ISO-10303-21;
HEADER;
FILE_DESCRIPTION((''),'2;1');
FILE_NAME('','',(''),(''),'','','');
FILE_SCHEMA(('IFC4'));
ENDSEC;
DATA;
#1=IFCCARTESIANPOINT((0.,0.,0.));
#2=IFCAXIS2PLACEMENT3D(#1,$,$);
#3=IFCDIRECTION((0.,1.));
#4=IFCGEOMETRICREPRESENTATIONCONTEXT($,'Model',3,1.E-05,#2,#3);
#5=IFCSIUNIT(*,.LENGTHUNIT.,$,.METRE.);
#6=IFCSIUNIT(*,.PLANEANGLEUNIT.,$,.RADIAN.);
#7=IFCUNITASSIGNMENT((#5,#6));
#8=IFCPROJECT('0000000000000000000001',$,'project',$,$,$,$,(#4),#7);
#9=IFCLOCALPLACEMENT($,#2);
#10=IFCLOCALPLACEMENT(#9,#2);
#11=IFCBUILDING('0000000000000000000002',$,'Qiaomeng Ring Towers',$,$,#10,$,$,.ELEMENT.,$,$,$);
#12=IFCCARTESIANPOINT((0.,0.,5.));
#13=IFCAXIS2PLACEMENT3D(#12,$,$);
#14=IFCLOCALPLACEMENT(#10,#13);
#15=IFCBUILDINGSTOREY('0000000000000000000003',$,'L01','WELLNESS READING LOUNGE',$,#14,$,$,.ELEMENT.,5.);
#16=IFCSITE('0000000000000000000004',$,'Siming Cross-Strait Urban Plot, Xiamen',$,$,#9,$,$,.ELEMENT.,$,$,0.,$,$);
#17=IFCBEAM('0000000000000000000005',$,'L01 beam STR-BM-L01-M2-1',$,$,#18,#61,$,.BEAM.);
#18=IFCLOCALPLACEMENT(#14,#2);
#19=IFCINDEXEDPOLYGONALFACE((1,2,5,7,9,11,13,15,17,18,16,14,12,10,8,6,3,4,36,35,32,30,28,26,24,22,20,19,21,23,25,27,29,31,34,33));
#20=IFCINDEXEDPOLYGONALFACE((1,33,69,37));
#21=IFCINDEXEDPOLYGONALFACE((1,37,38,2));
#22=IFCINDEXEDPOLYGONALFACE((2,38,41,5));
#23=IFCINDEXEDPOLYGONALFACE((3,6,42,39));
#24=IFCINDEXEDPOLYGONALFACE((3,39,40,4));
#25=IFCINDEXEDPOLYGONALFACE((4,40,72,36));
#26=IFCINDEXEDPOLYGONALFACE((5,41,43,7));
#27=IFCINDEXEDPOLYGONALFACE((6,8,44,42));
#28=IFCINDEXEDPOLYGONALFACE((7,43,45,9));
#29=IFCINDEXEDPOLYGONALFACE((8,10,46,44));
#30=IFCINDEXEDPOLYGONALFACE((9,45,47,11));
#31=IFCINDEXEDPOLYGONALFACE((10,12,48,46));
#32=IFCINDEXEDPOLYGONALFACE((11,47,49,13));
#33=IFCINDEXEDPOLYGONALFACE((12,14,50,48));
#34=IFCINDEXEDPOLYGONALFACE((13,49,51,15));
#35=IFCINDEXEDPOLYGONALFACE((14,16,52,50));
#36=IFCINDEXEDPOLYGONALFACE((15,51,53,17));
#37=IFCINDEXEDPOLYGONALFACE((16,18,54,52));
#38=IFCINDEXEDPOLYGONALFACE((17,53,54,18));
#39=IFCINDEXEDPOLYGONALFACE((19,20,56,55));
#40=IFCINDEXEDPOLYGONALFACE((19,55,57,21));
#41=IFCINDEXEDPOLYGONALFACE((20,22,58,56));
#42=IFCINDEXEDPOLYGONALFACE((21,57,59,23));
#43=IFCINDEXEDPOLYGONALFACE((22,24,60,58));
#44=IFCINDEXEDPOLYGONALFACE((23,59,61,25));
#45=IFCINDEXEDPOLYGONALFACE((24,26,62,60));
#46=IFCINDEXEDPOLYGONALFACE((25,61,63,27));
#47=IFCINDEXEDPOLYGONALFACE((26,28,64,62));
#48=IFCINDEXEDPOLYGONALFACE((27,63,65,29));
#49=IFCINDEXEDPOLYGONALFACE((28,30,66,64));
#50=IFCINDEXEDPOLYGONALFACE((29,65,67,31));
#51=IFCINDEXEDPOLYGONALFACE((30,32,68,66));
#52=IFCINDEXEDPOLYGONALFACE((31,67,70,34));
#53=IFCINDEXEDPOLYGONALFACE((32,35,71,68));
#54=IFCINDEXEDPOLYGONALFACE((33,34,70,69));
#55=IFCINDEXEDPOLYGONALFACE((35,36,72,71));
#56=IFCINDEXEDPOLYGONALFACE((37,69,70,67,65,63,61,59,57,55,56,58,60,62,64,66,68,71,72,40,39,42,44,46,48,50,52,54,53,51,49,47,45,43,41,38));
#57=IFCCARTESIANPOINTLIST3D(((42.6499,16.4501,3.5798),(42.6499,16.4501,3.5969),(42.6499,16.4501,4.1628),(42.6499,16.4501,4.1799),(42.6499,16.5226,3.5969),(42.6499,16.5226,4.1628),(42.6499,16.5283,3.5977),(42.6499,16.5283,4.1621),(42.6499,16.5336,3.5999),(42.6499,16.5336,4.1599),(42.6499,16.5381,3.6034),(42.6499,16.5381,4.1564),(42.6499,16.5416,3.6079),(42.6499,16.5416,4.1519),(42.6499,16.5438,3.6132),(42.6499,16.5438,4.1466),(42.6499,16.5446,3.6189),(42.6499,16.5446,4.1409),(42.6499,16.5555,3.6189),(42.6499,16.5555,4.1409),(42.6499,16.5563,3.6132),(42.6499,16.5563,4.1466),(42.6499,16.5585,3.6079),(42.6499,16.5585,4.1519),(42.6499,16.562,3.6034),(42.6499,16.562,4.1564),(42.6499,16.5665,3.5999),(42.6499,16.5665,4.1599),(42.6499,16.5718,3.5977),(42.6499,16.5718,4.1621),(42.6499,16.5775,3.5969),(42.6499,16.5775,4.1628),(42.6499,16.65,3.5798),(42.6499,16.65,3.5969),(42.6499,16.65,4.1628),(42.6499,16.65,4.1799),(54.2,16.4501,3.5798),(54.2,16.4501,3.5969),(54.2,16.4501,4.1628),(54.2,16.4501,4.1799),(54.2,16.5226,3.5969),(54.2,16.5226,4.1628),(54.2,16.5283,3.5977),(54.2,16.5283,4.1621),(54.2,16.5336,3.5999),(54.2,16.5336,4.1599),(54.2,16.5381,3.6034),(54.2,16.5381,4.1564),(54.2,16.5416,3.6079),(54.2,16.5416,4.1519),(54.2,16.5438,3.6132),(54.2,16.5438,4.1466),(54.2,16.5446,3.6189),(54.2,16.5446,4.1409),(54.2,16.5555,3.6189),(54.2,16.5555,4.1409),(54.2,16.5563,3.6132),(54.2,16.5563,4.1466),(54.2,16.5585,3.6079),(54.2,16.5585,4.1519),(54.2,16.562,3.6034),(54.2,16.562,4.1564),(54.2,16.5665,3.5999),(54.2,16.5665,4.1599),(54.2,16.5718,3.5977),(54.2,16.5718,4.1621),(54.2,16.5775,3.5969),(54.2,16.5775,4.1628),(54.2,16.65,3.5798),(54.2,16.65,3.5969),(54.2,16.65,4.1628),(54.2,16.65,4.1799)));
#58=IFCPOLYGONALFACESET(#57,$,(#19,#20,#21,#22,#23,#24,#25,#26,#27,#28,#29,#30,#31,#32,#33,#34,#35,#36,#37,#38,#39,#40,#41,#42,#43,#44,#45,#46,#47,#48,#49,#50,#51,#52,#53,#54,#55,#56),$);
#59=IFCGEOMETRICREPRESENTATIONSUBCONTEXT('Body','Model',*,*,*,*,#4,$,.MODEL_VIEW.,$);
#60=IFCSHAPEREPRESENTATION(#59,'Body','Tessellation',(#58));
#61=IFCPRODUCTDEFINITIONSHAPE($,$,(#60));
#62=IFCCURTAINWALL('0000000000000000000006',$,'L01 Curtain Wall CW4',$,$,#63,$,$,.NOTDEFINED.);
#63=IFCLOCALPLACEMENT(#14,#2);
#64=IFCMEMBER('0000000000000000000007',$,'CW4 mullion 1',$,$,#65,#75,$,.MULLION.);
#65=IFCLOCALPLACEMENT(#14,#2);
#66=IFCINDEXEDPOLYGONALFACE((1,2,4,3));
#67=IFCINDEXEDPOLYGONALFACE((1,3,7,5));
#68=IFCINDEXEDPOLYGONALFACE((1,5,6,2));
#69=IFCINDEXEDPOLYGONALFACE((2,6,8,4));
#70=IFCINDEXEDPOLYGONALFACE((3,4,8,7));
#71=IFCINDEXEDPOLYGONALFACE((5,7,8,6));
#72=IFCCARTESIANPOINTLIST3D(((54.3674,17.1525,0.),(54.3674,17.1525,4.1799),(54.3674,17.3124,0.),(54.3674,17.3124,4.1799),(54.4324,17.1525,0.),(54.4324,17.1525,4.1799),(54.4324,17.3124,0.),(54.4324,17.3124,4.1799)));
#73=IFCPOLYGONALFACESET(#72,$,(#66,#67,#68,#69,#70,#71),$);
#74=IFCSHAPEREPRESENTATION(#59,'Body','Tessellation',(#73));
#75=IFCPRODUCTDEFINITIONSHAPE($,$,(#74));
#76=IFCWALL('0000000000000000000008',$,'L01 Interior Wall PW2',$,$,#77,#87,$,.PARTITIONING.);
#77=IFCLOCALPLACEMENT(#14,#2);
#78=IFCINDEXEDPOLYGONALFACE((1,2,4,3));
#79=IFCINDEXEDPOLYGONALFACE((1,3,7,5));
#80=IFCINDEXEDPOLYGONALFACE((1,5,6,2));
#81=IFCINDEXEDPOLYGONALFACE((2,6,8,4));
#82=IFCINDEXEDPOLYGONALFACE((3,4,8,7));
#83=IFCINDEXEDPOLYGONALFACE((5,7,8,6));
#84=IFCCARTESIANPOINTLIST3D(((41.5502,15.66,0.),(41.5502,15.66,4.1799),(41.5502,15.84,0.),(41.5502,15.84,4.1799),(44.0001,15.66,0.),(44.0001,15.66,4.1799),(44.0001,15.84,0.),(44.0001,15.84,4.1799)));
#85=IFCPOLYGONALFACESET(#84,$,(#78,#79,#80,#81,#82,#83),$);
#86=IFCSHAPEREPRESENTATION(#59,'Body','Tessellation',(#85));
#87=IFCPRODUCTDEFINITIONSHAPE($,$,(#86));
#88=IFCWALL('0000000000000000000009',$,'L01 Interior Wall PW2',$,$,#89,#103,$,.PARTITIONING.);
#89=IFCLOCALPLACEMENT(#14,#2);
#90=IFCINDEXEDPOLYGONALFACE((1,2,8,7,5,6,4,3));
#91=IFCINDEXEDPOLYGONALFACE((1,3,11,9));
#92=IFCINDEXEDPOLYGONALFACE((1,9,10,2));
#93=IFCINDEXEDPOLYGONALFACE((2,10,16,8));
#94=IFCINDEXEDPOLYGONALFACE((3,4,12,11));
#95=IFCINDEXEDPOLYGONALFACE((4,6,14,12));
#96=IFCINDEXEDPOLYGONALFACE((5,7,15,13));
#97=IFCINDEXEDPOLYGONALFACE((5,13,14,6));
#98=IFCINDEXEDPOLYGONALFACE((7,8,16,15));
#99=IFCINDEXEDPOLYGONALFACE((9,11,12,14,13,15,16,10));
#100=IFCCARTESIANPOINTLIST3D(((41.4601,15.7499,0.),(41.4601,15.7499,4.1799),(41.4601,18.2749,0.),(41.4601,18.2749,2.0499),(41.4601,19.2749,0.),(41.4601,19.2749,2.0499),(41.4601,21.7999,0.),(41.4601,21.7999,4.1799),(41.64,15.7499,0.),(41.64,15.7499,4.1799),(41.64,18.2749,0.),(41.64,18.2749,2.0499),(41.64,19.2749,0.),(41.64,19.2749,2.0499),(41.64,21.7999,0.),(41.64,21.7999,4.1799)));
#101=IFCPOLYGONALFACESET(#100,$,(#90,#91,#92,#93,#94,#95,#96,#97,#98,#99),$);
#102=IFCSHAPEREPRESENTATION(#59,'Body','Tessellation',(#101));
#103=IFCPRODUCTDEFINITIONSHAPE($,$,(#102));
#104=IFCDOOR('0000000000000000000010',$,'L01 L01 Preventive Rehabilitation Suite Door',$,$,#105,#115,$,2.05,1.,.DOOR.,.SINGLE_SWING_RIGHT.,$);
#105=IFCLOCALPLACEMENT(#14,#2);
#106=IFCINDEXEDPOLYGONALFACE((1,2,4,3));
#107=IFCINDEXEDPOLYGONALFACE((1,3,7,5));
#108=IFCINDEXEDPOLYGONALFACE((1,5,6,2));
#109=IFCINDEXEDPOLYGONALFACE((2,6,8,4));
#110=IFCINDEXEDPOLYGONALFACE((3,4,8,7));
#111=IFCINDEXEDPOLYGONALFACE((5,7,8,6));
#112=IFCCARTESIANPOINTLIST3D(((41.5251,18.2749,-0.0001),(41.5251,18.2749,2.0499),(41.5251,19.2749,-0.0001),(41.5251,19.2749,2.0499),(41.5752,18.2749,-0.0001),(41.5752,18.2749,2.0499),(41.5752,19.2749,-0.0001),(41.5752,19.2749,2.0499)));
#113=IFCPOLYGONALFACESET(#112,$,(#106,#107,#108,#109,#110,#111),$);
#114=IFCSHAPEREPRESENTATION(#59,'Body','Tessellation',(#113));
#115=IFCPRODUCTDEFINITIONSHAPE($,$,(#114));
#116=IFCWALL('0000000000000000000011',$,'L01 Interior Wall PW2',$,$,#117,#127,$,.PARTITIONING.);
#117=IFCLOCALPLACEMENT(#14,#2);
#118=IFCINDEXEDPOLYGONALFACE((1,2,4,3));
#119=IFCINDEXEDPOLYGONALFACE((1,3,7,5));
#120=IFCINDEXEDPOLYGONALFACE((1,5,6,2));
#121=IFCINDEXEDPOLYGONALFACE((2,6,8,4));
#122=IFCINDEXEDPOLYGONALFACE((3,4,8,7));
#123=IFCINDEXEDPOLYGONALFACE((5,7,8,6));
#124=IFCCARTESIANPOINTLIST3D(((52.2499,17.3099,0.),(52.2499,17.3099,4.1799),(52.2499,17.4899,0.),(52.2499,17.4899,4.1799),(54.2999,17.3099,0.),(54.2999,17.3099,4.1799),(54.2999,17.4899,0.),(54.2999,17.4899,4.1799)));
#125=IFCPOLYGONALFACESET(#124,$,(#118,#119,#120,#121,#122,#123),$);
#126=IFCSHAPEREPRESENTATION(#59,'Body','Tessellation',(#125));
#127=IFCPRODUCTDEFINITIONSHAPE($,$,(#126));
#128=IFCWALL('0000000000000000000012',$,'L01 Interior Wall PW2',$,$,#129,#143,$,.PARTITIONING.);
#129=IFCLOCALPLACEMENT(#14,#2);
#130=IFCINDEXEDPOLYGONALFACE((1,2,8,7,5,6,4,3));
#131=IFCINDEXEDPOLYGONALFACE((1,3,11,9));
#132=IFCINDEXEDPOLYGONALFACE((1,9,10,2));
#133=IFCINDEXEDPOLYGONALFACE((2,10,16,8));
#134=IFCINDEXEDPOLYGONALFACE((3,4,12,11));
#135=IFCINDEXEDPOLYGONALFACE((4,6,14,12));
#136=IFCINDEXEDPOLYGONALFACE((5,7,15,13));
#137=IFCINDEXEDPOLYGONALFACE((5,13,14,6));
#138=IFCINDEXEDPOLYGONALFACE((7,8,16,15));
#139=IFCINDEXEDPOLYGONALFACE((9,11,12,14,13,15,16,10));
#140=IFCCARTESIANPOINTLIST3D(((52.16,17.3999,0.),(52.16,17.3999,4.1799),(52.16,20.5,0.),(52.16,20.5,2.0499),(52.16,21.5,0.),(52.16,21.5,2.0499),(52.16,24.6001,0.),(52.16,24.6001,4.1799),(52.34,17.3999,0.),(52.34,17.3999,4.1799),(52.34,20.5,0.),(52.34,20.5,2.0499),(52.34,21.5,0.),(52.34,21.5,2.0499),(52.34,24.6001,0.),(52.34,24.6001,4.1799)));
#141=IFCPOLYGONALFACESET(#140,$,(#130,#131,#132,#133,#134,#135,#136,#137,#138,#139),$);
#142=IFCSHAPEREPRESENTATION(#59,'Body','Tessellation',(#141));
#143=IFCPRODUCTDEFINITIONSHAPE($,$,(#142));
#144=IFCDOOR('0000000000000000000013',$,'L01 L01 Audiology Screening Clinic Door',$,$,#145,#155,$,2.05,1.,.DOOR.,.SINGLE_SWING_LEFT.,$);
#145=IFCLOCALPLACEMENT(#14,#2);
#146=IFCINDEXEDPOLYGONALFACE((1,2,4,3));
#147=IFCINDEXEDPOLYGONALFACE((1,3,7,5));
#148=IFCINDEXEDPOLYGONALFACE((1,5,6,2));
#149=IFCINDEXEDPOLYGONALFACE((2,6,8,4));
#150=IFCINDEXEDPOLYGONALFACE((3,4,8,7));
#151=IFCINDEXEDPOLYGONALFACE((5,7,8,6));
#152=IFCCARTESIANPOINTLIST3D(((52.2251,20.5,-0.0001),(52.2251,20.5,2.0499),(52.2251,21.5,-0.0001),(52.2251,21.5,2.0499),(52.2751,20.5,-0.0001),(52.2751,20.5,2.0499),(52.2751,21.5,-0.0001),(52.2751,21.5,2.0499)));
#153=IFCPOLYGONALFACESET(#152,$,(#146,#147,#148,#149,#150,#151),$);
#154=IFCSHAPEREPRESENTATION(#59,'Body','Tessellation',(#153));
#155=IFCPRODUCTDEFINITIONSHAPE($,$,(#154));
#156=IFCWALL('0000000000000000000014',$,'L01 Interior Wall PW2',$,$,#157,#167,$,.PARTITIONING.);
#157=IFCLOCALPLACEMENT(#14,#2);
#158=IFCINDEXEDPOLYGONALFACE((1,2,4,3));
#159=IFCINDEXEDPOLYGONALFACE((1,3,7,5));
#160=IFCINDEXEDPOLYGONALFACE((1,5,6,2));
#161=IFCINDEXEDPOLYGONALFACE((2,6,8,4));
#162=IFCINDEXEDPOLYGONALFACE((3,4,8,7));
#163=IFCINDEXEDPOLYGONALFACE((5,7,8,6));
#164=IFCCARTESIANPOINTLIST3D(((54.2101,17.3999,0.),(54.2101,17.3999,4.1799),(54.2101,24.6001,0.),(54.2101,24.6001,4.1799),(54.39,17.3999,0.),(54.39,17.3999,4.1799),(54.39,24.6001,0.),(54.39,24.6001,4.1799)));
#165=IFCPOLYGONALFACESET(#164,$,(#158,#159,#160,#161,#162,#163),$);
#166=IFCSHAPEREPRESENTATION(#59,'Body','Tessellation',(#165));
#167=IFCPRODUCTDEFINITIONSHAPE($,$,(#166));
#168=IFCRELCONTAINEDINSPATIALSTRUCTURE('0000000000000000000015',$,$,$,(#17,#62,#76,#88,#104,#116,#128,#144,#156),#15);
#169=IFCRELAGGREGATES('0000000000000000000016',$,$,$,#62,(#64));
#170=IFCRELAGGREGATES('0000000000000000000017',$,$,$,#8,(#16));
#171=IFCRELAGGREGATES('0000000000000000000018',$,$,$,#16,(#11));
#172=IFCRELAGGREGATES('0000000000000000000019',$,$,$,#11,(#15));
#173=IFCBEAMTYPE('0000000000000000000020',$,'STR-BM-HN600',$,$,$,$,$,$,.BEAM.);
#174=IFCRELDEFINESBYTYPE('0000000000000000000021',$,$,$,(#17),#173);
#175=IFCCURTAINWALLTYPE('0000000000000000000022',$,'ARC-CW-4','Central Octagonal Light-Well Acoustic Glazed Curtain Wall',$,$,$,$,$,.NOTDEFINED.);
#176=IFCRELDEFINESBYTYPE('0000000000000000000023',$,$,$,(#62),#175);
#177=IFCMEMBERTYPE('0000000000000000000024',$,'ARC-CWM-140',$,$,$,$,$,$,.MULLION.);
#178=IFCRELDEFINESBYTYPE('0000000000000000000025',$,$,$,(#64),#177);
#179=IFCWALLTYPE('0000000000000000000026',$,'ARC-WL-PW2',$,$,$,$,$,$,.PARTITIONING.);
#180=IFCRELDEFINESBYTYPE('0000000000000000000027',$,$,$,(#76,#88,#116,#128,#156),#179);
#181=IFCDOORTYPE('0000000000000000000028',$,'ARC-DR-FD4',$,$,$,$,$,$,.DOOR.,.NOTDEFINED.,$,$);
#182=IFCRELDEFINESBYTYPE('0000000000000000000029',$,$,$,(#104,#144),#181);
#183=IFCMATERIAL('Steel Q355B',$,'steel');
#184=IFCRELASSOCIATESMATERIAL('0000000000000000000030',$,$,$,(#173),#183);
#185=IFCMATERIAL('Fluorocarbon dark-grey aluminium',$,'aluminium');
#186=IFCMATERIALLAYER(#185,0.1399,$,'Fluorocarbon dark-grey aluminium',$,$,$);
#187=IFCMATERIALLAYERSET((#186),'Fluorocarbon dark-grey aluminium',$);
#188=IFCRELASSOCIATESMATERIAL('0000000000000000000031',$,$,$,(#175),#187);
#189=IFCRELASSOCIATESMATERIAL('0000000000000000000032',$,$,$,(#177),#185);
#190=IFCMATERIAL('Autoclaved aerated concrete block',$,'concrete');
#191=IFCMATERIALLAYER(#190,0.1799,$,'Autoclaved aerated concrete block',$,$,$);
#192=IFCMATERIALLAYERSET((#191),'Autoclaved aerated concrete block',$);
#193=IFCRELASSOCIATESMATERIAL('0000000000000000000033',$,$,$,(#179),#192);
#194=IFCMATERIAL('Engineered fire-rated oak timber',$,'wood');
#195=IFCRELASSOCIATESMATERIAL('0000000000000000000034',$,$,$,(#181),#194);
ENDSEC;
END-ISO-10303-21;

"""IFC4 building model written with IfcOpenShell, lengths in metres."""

from ifc_helpers import new_model, si_unit, direction, frame, frame_2d, origin, origin_2d, place, context, subcontext, project, spatial, rectangle, i_section, extrude, source, transform, mapped, material, layer, layer_set, material_profile, profile_set, type_object, element, fill, aggregate, save


model = new_model("IFC4")

# Units and contexts
model_context = context("Model", 3, precision=1e-05, world=origin(), true_north=direction((0.0, 1.0)))
body_context = subcontext(model_context, "Body", "Model", "MODEL_VIEW")
ifc_project = project(units=[si_unit("LENGTHUNIT", "METRE"), si_unit("PLANEANGLEUNIT", "RADIAN")], contexts=[model_context])

# Site, building, storey
site_placement = place(None, origin())
site = spatial("IfcSite", under=ifc_project, at=site_placement, Name="Siming Cross-Strait Urban Plot, Xiamen", CompositionType="ELEMENT", RefElevation=0.0)
building_placement = place(site_placement, origin())
building = spatial("IfcBuilding", under=site, at=building_placement, Name="Qiaomeng Ring Towers", CompositionType="ELEMENT")
storey_placement = place(building_placement, frame((0.0, 0.0, 5.0)))
storey = spatial("IfcBuildingStorey", under=building, at=storey_placement, Name="L01", Description="WELLNESS READING LOUNGE", CompositionType="ELEMENT", Elevation=5.0)

# Beam
ifc_material_1 = material(Name="Steel Q355B", Category="steel")
ifc_material_profile_1 = material_profile(ifc_material_1, i_section(OverallWidth=0.2, OverallDepth=0.6001, WebThickness=0.011, FlangeThickness=0.0171, FilletRadius=0.022, at=origin_2d()), Name="HN 600x200x11x17")
ifc_profile_set_1 = profile_set([ifc_material_profile_1], Name="Steel Q355B")
beam_type_1 = type_object("IfcBeamType", Name="STR-BM-HN600", PredefinedType="BEAM", material=ifc_profile_set_1)
shared_shape_1 = source(origin(), body_context, "Body", "SweptSolid", [
    extrude(i_section(OverallWidth=0.2, OverallDepth=0.6001, WebThickness=0.011, FlangeThickness=0.0171, FilletRadius=0.022, at=origin_2d()), origin(), (0.0, 0.0, 1.0), 11.55),
])
beam_1_placement = place(storey_placement, frame((42.6499, 16.55, 3.8799), z_axis=(1.0, 0.0, 0.0), x_axis=(0.0, 1.0, 0.0)))
element("IfcBeam", 1, at=beam_1_placement, inside=storey, type_object=beam_type_1, Name="L01 beam STR-BM-L01-M2-1", PredefinedType="BEAM", context=body_context, shape_type="MappedRepresentation", body=[
    mapped(shared_shape_1, transform((0.0, 0.0, 0.0), x_axis=(1.0, 0.0, 0.0), y_axis=(0.0, 1.0, 0.0), z_axis=(0.0, 0.0, 1.0), scale=1.0)),
])

# Curtain wall, member
ifc_material_2 = material(Name="Fluorocarbon dark-grey aluminium", Category="aluminium")
ifc_layer_1 = layer(ifc_material_2, 0.1399, Name="Fluorocarbon dark-grey aluminium")
ifc_layer_set_1 = layer_set([ifc_layer_1], Name="Fluorocarbon dark-grey aluminium")
curtain_wall_type = type_object("IfcCurtainWallType", Name="ARC-CW-4", Description="Central Octagonal Light-Well Acoustic Glazed Curtain Wall", PredefinedType="NOTDEFINED", material=ifc_layer_set_1)
curtain_wall_placement = place(storey_placement, origin())
curtain_wall = element("IfcCurtainWall", 2, at=curtain_wall_placement, inside=storey, type_object=curtain_wall_type, Name="L01 Curtain Wall CW4", PredefinedType="NOTDEFINED")
ifc_material_profile_2 = material_profile(ifc_material_2, rectangle(XDim=0.0649, YDim=0.1599, at=origin_2d()), Name="ALU MULL 65x160")
ifc_profile_set_2 = profile_set([ifc_material_profile_2], Name="Fluorocarbon dark-grey aluminium")
member_type = type_object("IfcMemberType", Name="ARC-CWM-140", PredefinedType="MULLION", material=ifc_profile_set_2)
shared_shape_2 = source(origin(), body_context, "Body", "SweptSolid", [
    extrude(rectangle(XDim=0.0649, YDim=0.1599, at=origin_2d()), origin(), (0.0, 0.0, 1.0), 4.1799),
])
member_placement = place(storey_placement, frame((54.3999, 17.2324, 0.0), z_axis=(0.0, 0.0, 1.0), x_axis=(-1.0, 0.0, 0.0)))
member = element("IfcMember", 3, at=member_placement, type_object=member_type, Name="CW4 mullion 1", PredefinedType="MULLION", context=body_context, shape_type="MappedRepresentation", body=[
    mapped(shared_shape_2, transform((0.0, 0.0, 0.0), x_axis=(1.0, 0.0, 0.0), y_axis=(0.0, 1.0, 0.0), z_axis=(0.0, 0.0, 1.0), scale=1.0)),
])
aggregate(curtain_wall, [member])

# Wall
ifc_material_3 = material(Name="Autoclaved aerated concrete block", Category="concrete")
ifc_layer_2 = layer(ifc_material_3, 0.1799, Name="Autoclaved aerated concrete block")
ifc_layer_set_2 = layer_set([ifc_layer_2], Name="Autoclaved aerated concrete block")
wall_type_1 = type_object("IfcWallType", Name="ARC-WL-PW2", PredefinedType="PARTITIONING", material=ifc_layer_set_2)
wall_1_placement = place(storey_placement, frame((41.55, 15.75, 0.0), z_axis=(0.0, 0.0, 1.0), x_axis=(1.0, 0.0, 0.0)))
element("IfcWall", 4, at=wall_1_placement, inside=storey, type_object=wall_type_1, Name="L01 Interior Wall PW2", PredefinedType="PARTITIONING", context=body_context, shape_type="SweptSolid", body=[
    extrude(rectangle(XDim=2.45, YDim=0.1799, at=frame_2d((1.2251, 0.0))), origin(), (0.0, 0.0, 1.0), 4.1799),
])

# Wall, opening, door
wall_2_placement = place(storey_placement, frame((41.55, 15.75, 0.0), z_axis=(0.0, 0.0, 1.0), x_axis=(0.0, 1.0, 0.0)))
wall_2 = element("IfcWall", 5, at=wall_2_placement, inside=storey, type_object=wall_type_1, Name="L01 Interior Wall PW2", PredefinedType="PARTITIONING", context=body_context, shape_type="SweptSolid", body=[
    extrude(rectangle(XDim=6.05, YDim=0.1799, at=frame_2d((3.0249, 0.0))), origin(), (0.0, 0.0, 1.0), 4.1799),
])
opening_1_placement = place(wall_2_placement, frame((2.5249, 0.0, 0.0)))
opening_1 = element("IfcOpeningElement", 6, at=opening_1_placement, cuts=wall_2, PredefinedType="OPENING", context=body_context, shape_type="SweptSolid", body=[
    extrude(rectangle(XDim=1.0, YDim=2.05, at=frame_2d((0.5, 1.0249))), frame((0.0, 0.0999, 0.0), z_axis=(0.0, -1.0, 0.0), x_axis=(1.0, 0.0, 0.0)), (0.0, 0.0, 1.0), 0.2),
])
ifc_material_4 = material(Name="Engineered fire-rated oak timber", Category="wood")
door_type = type_object("IfcDoorType", Name="ARC-DR-FD4", OperationType="NOTDEFINED", PredefinedType="DOOR", material=ifc_material_4)
shared_shape_3 = source(origin(), body_context, "Body", "SweptSolid", [
    extrude(rectangle(XDim=1.0, YDim=2.05, at=frame_2d((0.5, 1.0249))), frame((0.0, 0.0249, 0.0), z_axis=(0.0, -1.0, 0.0), x_axis=(1.0, 0.0, 0.0)), (0.0, 0.0, 1.0), 0.05),
])
door_1_placement = place(opening_1_placement, origin())
door_1 = element("IfcDoor", 7, at=door_1_placement, inside=storey, type_object=door_type, Name="L01 L01 Preventive Rehabilitation Suite Door", OperationType="SINGLE_SWING_RIGHT", OverallHeight=2.05, OverallWidth=1.0, PredefinedType="DOOR", context=body_context, shape_type="MappedRepresentation", body=[
    mapped(shared_shape_3, transform((0.0, 0.0, 0.0), x_axis=(1.0, 0.0, 0.0), y_axis=(0.0, 1.0, 0.0), z_axis=(0.0, 0.0, 1.0), scale=1.0)),
])
fill(opening_1, door_1)

# Wall
wall_3_placement = place(storey_placement, frame((52.25, 17.3999, 0.0), z_axis=(0.0, 0.0, 1.0), x_axis=(1.0, 0.0, 0.0)))
element("IfcWall", 8, at=wall_3_placement, inside=storey, type_object=wall_type_1, Name="L01 Interior Wall PW2", PredefinedType="PARTITIONING", context=body_context, shape_type="SweptSolid", body=[
    extrude(rectangle(XDim=2.05, YDim=0.1799, at=frame_2d((1.0249, 0.0))), origin(), (0.0, 0.0, 1.0), 4.1799),
])

# Wall, opening, door
wall_4_placement = place(storey_placement, frame((52.25, 17.3999, 0.0), z_axis=(0.0, 0.0, 1.0), x_axis=(0.0, 1.0, 0.0)))
wall_4 = element("IfcWall", 9, at=wall_4_placement, inside=storey, type_object=wall_type_1, Name="L01 Interior Wall PW2", PredefinedType="PARTITIONING", context=body_context, shape_type="SweptSolid", body=[
    extrude(rectangle(XDim=7.2002, YDim=0.1799, at=frame_2d((3.6001, 0.0))), origin(), (0.0, 0.0, 1.0), 4.1799),
])
opening_2_placement = place(wall_4_placement, frame((3.1001, 0.0, 0.0)))
opening_2 = element("IfcOpeningElement", 10, at=opening_2_placement, cuts=wall_4, PredefinedType="OPENING", context=body_context, shape_type="SweptSolid", body=[
    extrude(rectangle(XDim=1.0, YDim=2.05, at=frame_2d((0.5, 1.0249))), frame((0.0, 0.0999, 0.0), z_axis=(0.0, -1.0, 0.0), x_axis=(1.0, 0.0, 0.0)), (0.0, 0.0, 1.0), 0.2),
])
door_2_placement = place(opening_2_placement, origin())
door_2 = element("IfcDoor", 11, at=door_2_placement, inside=storey, type_object=door_type, Name="L01 L01 Audiology Screening Clinic Door", OperationType="SINGLE_SWING_LEFT", OverallHeight=2.05, OverallWidth=1.0, PredefinedType="DOOR", context=body_context, shape_type="MappedRepresentation", body=[
    mapped(shared_shape_3, transform((0.0, 0.0, 0.0), x_axis=(1.0, 0.0, 0.0), y_axis=(0.0, 1.0, 0.0), z_axis=(0.0, 0.0, 1.0), scale=1.0)),
])
fill(opening_2, door_2)

# Wall
wall_5_placement = place(storey_placement, frame((54.3, 17.3999, 0.0), z_axis=(0.0, 0.0, 1.0), x_axis=(0.0, 1.0, 0.0)))
element("IfcWall", 12, at=wall_5_placement, inside=storey, type_object=wall_type_1, Name="L01 Interior Wall PW2", PredefinedType="PARTITIONING", context=body_context, shape_type="SweptSolid", body=[
    extrude(rectangle(XDim=7.2002, YDim=0.1799, at=frame_2d((3.6001, 0.0))), origin(), (0.0, 0.0, 1.0), 4.1799),
])

save(model, "model.ifc")
